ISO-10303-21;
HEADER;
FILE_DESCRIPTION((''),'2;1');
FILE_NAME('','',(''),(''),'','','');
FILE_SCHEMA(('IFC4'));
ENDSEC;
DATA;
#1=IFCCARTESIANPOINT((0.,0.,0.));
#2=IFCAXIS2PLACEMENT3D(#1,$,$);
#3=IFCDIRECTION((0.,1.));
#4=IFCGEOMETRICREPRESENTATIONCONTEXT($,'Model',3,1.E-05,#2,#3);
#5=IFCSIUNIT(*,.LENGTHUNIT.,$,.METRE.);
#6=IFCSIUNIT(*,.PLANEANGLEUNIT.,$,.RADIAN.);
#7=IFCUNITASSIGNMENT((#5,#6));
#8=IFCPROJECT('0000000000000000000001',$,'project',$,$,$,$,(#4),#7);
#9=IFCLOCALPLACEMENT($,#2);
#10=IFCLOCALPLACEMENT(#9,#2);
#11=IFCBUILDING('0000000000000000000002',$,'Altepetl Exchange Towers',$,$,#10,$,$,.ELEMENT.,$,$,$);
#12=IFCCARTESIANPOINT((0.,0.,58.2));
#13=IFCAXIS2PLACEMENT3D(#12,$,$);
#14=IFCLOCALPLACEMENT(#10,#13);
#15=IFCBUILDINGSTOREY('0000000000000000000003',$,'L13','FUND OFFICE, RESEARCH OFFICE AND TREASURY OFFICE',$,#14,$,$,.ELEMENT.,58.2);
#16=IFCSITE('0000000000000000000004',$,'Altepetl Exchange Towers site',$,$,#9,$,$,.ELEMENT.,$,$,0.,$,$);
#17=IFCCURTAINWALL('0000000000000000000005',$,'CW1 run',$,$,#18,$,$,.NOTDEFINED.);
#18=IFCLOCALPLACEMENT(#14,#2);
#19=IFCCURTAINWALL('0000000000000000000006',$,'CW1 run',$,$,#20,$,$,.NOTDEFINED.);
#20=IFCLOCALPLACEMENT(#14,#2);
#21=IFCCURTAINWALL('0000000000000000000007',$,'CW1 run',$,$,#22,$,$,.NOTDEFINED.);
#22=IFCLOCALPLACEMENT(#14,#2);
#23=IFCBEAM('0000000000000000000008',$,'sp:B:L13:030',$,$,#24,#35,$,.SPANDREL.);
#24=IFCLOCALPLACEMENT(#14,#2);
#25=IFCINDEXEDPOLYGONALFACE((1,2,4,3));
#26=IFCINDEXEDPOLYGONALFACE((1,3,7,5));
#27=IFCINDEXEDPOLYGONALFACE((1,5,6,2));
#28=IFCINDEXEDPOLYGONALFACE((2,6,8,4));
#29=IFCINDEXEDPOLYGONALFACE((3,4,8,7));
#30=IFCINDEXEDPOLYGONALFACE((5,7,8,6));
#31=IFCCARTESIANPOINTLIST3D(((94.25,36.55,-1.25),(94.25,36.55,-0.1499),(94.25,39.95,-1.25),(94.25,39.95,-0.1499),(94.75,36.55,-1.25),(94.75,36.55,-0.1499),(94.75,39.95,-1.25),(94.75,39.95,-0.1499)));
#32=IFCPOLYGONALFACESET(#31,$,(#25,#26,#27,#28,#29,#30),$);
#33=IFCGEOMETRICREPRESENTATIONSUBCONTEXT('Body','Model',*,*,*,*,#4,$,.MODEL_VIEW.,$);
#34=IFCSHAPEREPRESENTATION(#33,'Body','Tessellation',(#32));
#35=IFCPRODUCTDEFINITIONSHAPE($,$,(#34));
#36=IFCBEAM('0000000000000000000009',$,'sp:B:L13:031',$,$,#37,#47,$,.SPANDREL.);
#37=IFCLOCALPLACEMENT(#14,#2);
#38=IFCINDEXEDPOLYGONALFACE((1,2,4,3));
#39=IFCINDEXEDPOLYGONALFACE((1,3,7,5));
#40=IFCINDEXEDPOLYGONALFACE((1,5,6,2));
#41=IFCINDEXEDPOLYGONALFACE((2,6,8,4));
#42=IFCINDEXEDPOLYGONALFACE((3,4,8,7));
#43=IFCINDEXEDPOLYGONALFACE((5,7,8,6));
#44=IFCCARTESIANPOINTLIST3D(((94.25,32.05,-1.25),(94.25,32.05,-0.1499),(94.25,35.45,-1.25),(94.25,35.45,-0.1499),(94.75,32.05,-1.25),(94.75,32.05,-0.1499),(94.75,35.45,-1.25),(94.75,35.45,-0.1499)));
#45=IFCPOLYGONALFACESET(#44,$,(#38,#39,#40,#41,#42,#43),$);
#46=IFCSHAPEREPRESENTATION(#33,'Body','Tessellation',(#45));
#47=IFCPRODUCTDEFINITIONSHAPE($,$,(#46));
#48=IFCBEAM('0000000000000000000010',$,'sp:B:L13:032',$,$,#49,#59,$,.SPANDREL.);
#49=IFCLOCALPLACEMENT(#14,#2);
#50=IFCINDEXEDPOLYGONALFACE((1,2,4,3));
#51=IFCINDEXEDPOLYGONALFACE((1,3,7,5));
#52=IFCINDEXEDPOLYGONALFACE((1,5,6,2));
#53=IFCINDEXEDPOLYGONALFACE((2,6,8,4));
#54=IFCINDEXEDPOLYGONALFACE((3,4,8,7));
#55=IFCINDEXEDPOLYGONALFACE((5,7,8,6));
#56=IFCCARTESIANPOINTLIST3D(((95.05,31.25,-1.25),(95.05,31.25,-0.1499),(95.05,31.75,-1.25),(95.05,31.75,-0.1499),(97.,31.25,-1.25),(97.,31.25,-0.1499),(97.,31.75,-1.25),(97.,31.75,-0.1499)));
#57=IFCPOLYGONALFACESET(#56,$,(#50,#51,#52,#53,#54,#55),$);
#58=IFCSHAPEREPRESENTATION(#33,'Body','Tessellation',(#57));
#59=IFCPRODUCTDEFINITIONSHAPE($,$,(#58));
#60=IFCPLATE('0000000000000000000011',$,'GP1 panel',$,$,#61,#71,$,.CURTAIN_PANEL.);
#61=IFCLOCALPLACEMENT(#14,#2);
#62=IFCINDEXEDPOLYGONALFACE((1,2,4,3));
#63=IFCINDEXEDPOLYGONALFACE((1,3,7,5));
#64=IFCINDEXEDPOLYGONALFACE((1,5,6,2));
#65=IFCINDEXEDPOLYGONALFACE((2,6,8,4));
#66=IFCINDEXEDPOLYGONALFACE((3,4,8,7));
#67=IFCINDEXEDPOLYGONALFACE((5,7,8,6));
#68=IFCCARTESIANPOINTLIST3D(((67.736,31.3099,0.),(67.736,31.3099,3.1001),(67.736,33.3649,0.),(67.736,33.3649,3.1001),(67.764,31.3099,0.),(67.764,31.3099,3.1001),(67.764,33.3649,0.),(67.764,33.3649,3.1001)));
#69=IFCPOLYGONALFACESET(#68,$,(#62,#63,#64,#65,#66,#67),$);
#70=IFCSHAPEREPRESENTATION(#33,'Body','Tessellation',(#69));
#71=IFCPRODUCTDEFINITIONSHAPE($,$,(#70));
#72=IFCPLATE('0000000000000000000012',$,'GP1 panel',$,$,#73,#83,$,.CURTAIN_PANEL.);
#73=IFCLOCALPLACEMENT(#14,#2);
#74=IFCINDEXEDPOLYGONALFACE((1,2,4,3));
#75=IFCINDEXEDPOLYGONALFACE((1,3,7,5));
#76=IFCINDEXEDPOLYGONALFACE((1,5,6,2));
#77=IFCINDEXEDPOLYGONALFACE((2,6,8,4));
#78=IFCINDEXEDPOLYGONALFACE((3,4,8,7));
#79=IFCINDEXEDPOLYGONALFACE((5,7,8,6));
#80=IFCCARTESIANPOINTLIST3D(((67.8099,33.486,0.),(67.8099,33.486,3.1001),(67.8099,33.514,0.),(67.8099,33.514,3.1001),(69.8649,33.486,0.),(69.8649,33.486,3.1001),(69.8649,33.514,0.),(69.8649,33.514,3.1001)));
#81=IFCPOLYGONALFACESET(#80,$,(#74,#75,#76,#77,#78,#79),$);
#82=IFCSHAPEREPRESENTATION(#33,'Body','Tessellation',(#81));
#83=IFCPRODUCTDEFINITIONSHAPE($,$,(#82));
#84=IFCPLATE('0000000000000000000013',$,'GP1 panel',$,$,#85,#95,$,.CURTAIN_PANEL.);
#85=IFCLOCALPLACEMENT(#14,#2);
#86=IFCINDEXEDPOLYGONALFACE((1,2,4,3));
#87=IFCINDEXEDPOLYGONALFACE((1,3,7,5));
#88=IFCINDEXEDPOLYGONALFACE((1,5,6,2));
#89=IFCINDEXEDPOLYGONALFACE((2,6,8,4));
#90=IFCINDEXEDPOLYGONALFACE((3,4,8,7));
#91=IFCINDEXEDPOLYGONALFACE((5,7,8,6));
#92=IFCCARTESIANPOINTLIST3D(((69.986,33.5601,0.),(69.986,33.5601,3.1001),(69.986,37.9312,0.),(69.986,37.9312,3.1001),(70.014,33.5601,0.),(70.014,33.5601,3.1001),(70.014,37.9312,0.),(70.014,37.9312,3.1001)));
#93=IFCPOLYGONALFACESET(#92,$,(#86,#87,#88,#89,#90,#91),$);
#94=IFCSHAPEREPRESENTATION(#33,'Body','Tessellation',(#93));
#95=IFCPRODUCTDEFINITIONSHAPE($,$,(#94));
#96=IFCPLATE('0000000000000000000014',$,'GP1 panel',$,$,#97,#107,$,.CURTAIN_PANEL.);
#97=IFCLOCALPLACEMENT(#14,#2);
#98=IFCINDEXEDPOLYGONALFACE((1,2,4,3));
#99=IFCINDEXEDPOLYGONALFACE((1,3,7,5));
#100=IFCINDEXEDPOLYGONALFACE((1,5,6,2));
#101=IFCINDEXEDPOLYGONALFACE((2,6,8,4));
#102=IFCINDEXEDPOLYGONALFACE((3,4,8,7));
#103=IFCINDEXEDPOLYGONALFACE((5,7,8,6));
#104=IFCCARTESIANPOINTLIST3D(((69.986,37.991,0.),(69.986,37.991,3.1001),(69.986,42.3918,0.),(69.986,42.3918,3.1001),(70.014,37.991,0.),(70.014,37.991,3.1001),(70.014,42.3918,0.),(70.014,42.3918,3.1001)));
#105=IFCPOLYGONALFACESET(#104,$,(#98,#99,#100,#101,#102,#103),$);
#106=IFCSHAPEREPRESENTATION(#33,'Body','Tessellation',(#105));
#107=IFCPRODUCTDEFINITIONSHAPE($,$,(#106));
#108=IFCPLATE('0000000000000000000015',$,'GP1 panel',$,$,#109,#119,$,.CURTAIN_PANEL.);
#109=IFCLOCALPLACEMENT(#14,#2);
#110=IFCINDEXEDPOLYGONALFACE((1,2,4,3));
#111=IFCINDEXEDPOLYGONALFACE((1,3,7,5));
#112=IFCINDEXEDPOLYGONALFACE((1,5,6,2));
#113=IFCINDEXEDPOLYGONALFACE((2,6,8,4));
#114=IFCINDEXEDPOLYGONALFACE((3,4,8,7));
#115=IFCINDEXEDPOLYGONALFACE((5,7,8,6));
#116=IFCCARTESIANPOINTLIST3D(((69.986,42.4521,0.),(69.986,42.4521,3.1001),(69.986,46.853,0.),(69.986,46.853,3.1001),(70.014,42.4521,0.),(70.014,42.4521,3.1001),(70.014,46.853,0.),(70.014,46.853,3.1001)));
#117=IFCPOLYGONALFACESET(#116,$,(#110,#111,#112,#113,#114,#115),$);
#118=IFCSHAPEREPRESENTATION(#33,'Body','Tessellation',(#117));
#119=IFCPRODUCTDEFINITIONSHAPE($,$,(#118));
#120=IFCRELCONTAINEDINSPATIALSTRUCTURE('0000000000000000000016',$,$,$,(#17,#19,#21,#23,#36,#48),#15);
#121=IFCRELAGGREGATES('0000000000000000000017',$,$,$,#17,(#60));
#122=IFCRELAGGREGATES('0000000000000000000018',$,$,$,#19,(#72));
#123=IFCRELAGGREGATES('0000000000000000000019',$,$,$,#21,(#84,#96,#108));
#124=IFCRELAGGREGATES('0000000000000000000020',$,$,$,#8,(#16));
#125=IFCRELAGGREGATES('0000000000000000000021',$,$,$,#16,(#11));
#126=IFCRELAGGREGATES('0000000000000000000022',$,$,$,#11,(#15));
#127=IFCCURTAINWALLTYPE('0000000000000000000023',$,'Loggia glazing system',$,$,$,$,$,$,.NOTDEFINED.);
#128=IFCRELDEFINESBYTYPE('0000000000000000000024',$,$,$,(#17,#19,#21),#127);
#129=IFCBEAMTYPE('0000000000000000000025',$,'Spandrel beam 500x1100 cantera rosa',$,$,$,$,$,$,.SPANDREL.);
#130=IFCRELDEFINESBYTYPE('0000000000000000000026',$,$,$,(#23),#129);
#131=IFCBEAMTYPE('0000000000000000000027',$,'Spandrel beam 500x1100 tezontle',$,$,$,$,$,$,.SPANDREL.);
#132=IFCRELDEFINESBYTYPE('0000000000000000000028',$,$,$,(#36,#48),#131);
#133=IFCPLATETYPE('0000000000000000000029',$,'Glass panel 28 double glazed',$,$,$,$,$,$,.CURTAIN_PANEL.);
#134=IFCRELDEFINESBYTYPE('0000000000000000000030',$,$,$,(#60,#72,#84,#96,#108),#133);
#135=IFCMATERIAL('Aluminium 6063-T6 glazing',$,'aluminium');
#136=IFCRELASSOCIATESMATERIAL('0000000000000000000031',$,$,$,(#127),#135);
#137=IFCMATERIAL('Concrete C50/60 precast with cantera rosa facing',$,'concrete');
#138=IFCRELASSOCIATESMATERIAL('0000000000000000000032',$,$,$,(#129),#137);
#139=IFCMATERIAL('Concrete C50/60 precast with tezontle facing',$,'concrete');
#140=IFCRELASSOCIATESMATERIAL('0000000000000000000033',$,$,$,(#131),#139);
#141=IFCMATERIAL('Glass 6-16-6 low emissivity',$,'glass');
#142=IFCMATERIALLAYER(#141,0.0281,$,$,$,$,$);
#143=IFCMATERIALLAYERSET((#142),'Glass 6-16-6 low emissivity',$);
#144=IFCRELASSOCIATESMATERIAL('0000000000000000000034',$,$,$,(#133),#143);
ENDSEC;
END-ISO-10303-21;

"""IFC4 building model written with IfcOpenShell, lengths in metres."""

from ifc_helpers import new_model, si_unit, direction, frame, origin, origin_2d, place, context, subcontext, project, spatial, rectangle, extrude, material, layer, layer_set, material_profile, profile_set, type_object, element, aggregate, save


model = new_model("IFC4")

# Units and contexts
model_context = context("Model", 3, precision=1e-05, world=origin(), true_north=direction((0.0, 1.0)))
body_context = subcontext(model_context, "Body", "Model", "MODEL_VIEW")
ifc_project = project(units=[si_unit("LENGTHUNIT", "METRE"), si_unit("PLANEANGLEUNIT", "RADIAN")], contexts=[model_context])

# Site, building, storey
site_placement = place(None, origin())
site = spatial("IfcSite", under=ifc_project, at=site_placement, Name="Altepetl Exchange Towers site", CompositionType="ELEMENT", RefElevation=0.0)
building_placement = place(site_placement, origin())
building = spatial("IfcBuilding", under=site, at=building_placement, Name="Altepetl Exchange Towers", CompositionType="ELEMENT")
storey_placement = place(building_placement, frame((0.0, 0.0, 58.2)))
storey = spatial("IfcBuildingStorey", under=building, at=storey_placement, Name="L13", Description="FUND OFFICE, RESEARCH OFFICE AND TREASURY OFFICE", CompositionType="ELEMENT", Elevation=58.2)

# Shared definitions
ifc_material_1 = material(Name="Aluminium 6063-T6 glazing", Category="aluminium")
curtain_wall_type = type_object("IfcCurtainWallType", Name="Loggia glazing system", PredefinedType="NOTDEFINED", material=ifc_material_1)

# Curtain walls
curtain_wall_1_placement = place(storey_placement, origin())
curtain_wall_1 = element("IfcCurtainWall", 1, at=curtain_wall_1_placement, inside=storey, type_object=curtain_wall_type, Name="CW1 run", PredefinedType="NOTDEFINED")
curtain_wall_2_placement = place(storey_placement, origin())
curtain_wall_2 = element("IfcCurtainWall", 2, at=curtain_wall_2_placement, inside=storey, type_object=curtain_wall_type, Name="CW1 run", PredefinedType="NOTDEFINED")
curtain_wall_3_placement = place(storey_placement, origin())
curtain_wall_3 = element("IfcCurtainWall", 3, at=curtain_wall_3_placement, inside=storey, type_object=curtain_wall_type, Name="CW1 run", PredefinedType="NOTDEFINED")

# Beams
ifc_material_2 = material(Name="Concrete C50/60 precast with cantera rosa facing", Category="concrete")
ifc_material_profile_1 = material_profile(ifc_material_2, rectangle(XDim=0.5, YDim=1.1001, at=origin_2d()), Name="500 x 1100")
ifc_profile_set_1 = profile_set([ifc_material_profile_1], Name="Concrete C50/60 precast with cantera rosa facing")
beam_type_1 = type_object("IfcBeamType", Name="Spandrel beam 500x1100 cantera rosa", PredefinedType="SPANDREL", material=ifc_profile_set_1)
for number, where, z_axis, x_axis, name in (
    (4, (94.5, 39.95, -0.7), (0.0, -1.0, 0.0), (1.0, 0.0, 0.0), "sp:B:L13:030"),
):
    element("IfcBeam", number, at=place(storey_placement, frame(where, z_axis=z_axis, x_axis=x_axis)), inside=storey, type_object=beam_type_1, Name=name, PredefinedType="SPANDREL", context=body_context, shape_type="SweptSolid", body=[
        extrude(rectangle(XDim=0.5, YDim=1.1001, at=origin_2d()), origin(), (0.0, 0.0, 1.0), 3.3999),
    ])
ifc_material_3 = material(Name="Concrete C50/60 precast with tezontle facing", Category="concrete")
ifc_material_profile_2 = material_profile(ifc_material_3, rectangle(XDim=0.5, YDim=1.1001, at=origin_2d()), Name="500 x 1100")
ifc_profile_set_2 = profile_set([ifc_material_profile_2], Name="Concrete C50/60 precast with tezontle facing")
beam_type_2 = type_object("IfcBeamType", Name="Spandrel beam 500x1100 tezontle", PredefinedType="SPANDREL", material=ifc_profile_set_2)
beam_1_placement = place(storey_placement, frame((94.5, 35.45, -0.7), z_axis=(0.0, -1.0, 0.0), x_axis=(1.0, 0.0, 0.0)))
element("IfcBeam", 5, at=beam_1_placement, inside=storey, type_object=beam_type_2, Name="sp:B:L13:031", PredefinedType="SPANDREL", context=body_context, shape_type="SweptSolid", body=[
    extrude(rectangle(XDim=0.5, YDim=1.1001, at=origin_2d()), origin(), (0.0, 0.0, 1.0), 3.3999),
])
beam_2_placement = place(storey_placement, frame((95.05, 31.5, -0.7), z_axis=(1.0, 0.0, 0.0), x_axis=(0.0, 1.0, 0.0)))
element("IfcBeam", 6, at=beam_2_placement, inside=storey, type_object=beam_type_2, Name="sp:B:L13:032", PredefinedType="SPANDREL", context=body_context, shape_type="SweptSolid", body=[
    extrude(rectangle(XDim=0.5, YDim=1.1001, at=origin_2d()), origin(), (0.0, 0.0, 1.0), 1.95),
])

# Plates
ifc_material_4 = material(Name="Glass 6-16-6 low emissivity", Category="glass")
ifc_layer = layer(ifc_material_4, 0.0281)
ifc_layer_set = layer_set([ifc_layer], Name="Glass 6-16-6 low emissivity")
plate_type = type_object("IfcPlateType", Name="Glass panel 28 double glazed", PredefinedType="CURTAIN_PANEL", material=ifc_layer_set)
plate_1_placement = place(storey_placement, frame((67.75, 32.3374, 0.0), z_axis=(0.0, 0.0, 1.0), x_axis=(0.0, 1.0, 0.0)))
plate_1 = element("IfcPlate", 7, at=plate_1_placement, type_object=plate_type, Name="GP1 panel", PredefinedType="CURTAIN_PANEL", context=body_context, shape_type="SweptSolid", body=[
    extrude(rectangle(XDim=2.0549, YDim=0.0281, at=origin_2d()), origin(), (0.0, 0.0, 1.0), 3.1001),
])
aggregate(curtain_wall_1, [plate_1])
plate_2_placement = place(storey_placement, frame((68.8374, 33.5, 0.0)))
plate_2 = element("IfcPlate", 8, at=plate_2_placement, type_object=plate_type, Name="GP1 panel", PredefinedType="CURTAIN_PANEL", context=body_context, shape_type="SweptSolid", body=[
    extrude(rectangle(XDim=2.0549, YDim=0.0281, at=origin_2d()), origin(), (0.0, 0.0, 1.0), 3.1001),
])
aggregate(curtain_wall_2, [plate_2])
plate_3_placement = place(storey_placement, frame((70.0, 35.7456, 0.0), z_axis=(0.0, 0.0, 1.0), x_axis=(0.0, 1.0, 0.0)))
plate_3 = element("IfcPlate", 9, at=plate_3_placement, type_object=plate_type, Name="GP1 panel", PredefinedType="CURTAIN_PANEL", context=body_context, shape_type="SweptSolid", body=[
    extrude(rectangle(XDim=4.3711, YDim=0.0281, at=origin_2d()), origin(), (0.0, 0.0, 1.0), 3.1001),
])
plate_4_placement = place(storey_placement, frame((70.0, 40.1914, 0.0), z_axis=(0.0, 0.0, 1.0), x_axis=(0.0, 1.0, 0.0)))
plate_4 = element("IfcPlate", 10, at=plate_4_placement, type_object=plate_type, Name="GP1 panel", PredefinedType="CURTAIN_PANEL", context=body_context, shape_type="SweptSolid", body=[
    extrude(rectangle(XDim=4.4009, YDim=0.0281, at=origin_2d()), origin(), (0.0, 0.0, 1.0), 3.1001),
])
plate_5_placement = place(storey_placement, frame((70.0, 44.6526, 0.0), z_axis=(0.0, 0.0, 1.0), x_axis=(0.0, 1.0, 0.0)))
plate_5 = element("IfcPlate", 11, at=plate_5_placement, type_object=plate_type, Name="GP1 panel", PredefinedType="CURTAIN_PANEL", context=body_context, shape_type="SweptSolid", body=[
    extrude(rectangle(XDim=4.4009, YDim=0.0281, at=origin_2d()), origin(), (0.0, 0.0, 1.0), 3.1001),
])
aggregate(curtain_wall_3, [plate_3, plate_4, plate_5])

save(model, "model.ifc")
